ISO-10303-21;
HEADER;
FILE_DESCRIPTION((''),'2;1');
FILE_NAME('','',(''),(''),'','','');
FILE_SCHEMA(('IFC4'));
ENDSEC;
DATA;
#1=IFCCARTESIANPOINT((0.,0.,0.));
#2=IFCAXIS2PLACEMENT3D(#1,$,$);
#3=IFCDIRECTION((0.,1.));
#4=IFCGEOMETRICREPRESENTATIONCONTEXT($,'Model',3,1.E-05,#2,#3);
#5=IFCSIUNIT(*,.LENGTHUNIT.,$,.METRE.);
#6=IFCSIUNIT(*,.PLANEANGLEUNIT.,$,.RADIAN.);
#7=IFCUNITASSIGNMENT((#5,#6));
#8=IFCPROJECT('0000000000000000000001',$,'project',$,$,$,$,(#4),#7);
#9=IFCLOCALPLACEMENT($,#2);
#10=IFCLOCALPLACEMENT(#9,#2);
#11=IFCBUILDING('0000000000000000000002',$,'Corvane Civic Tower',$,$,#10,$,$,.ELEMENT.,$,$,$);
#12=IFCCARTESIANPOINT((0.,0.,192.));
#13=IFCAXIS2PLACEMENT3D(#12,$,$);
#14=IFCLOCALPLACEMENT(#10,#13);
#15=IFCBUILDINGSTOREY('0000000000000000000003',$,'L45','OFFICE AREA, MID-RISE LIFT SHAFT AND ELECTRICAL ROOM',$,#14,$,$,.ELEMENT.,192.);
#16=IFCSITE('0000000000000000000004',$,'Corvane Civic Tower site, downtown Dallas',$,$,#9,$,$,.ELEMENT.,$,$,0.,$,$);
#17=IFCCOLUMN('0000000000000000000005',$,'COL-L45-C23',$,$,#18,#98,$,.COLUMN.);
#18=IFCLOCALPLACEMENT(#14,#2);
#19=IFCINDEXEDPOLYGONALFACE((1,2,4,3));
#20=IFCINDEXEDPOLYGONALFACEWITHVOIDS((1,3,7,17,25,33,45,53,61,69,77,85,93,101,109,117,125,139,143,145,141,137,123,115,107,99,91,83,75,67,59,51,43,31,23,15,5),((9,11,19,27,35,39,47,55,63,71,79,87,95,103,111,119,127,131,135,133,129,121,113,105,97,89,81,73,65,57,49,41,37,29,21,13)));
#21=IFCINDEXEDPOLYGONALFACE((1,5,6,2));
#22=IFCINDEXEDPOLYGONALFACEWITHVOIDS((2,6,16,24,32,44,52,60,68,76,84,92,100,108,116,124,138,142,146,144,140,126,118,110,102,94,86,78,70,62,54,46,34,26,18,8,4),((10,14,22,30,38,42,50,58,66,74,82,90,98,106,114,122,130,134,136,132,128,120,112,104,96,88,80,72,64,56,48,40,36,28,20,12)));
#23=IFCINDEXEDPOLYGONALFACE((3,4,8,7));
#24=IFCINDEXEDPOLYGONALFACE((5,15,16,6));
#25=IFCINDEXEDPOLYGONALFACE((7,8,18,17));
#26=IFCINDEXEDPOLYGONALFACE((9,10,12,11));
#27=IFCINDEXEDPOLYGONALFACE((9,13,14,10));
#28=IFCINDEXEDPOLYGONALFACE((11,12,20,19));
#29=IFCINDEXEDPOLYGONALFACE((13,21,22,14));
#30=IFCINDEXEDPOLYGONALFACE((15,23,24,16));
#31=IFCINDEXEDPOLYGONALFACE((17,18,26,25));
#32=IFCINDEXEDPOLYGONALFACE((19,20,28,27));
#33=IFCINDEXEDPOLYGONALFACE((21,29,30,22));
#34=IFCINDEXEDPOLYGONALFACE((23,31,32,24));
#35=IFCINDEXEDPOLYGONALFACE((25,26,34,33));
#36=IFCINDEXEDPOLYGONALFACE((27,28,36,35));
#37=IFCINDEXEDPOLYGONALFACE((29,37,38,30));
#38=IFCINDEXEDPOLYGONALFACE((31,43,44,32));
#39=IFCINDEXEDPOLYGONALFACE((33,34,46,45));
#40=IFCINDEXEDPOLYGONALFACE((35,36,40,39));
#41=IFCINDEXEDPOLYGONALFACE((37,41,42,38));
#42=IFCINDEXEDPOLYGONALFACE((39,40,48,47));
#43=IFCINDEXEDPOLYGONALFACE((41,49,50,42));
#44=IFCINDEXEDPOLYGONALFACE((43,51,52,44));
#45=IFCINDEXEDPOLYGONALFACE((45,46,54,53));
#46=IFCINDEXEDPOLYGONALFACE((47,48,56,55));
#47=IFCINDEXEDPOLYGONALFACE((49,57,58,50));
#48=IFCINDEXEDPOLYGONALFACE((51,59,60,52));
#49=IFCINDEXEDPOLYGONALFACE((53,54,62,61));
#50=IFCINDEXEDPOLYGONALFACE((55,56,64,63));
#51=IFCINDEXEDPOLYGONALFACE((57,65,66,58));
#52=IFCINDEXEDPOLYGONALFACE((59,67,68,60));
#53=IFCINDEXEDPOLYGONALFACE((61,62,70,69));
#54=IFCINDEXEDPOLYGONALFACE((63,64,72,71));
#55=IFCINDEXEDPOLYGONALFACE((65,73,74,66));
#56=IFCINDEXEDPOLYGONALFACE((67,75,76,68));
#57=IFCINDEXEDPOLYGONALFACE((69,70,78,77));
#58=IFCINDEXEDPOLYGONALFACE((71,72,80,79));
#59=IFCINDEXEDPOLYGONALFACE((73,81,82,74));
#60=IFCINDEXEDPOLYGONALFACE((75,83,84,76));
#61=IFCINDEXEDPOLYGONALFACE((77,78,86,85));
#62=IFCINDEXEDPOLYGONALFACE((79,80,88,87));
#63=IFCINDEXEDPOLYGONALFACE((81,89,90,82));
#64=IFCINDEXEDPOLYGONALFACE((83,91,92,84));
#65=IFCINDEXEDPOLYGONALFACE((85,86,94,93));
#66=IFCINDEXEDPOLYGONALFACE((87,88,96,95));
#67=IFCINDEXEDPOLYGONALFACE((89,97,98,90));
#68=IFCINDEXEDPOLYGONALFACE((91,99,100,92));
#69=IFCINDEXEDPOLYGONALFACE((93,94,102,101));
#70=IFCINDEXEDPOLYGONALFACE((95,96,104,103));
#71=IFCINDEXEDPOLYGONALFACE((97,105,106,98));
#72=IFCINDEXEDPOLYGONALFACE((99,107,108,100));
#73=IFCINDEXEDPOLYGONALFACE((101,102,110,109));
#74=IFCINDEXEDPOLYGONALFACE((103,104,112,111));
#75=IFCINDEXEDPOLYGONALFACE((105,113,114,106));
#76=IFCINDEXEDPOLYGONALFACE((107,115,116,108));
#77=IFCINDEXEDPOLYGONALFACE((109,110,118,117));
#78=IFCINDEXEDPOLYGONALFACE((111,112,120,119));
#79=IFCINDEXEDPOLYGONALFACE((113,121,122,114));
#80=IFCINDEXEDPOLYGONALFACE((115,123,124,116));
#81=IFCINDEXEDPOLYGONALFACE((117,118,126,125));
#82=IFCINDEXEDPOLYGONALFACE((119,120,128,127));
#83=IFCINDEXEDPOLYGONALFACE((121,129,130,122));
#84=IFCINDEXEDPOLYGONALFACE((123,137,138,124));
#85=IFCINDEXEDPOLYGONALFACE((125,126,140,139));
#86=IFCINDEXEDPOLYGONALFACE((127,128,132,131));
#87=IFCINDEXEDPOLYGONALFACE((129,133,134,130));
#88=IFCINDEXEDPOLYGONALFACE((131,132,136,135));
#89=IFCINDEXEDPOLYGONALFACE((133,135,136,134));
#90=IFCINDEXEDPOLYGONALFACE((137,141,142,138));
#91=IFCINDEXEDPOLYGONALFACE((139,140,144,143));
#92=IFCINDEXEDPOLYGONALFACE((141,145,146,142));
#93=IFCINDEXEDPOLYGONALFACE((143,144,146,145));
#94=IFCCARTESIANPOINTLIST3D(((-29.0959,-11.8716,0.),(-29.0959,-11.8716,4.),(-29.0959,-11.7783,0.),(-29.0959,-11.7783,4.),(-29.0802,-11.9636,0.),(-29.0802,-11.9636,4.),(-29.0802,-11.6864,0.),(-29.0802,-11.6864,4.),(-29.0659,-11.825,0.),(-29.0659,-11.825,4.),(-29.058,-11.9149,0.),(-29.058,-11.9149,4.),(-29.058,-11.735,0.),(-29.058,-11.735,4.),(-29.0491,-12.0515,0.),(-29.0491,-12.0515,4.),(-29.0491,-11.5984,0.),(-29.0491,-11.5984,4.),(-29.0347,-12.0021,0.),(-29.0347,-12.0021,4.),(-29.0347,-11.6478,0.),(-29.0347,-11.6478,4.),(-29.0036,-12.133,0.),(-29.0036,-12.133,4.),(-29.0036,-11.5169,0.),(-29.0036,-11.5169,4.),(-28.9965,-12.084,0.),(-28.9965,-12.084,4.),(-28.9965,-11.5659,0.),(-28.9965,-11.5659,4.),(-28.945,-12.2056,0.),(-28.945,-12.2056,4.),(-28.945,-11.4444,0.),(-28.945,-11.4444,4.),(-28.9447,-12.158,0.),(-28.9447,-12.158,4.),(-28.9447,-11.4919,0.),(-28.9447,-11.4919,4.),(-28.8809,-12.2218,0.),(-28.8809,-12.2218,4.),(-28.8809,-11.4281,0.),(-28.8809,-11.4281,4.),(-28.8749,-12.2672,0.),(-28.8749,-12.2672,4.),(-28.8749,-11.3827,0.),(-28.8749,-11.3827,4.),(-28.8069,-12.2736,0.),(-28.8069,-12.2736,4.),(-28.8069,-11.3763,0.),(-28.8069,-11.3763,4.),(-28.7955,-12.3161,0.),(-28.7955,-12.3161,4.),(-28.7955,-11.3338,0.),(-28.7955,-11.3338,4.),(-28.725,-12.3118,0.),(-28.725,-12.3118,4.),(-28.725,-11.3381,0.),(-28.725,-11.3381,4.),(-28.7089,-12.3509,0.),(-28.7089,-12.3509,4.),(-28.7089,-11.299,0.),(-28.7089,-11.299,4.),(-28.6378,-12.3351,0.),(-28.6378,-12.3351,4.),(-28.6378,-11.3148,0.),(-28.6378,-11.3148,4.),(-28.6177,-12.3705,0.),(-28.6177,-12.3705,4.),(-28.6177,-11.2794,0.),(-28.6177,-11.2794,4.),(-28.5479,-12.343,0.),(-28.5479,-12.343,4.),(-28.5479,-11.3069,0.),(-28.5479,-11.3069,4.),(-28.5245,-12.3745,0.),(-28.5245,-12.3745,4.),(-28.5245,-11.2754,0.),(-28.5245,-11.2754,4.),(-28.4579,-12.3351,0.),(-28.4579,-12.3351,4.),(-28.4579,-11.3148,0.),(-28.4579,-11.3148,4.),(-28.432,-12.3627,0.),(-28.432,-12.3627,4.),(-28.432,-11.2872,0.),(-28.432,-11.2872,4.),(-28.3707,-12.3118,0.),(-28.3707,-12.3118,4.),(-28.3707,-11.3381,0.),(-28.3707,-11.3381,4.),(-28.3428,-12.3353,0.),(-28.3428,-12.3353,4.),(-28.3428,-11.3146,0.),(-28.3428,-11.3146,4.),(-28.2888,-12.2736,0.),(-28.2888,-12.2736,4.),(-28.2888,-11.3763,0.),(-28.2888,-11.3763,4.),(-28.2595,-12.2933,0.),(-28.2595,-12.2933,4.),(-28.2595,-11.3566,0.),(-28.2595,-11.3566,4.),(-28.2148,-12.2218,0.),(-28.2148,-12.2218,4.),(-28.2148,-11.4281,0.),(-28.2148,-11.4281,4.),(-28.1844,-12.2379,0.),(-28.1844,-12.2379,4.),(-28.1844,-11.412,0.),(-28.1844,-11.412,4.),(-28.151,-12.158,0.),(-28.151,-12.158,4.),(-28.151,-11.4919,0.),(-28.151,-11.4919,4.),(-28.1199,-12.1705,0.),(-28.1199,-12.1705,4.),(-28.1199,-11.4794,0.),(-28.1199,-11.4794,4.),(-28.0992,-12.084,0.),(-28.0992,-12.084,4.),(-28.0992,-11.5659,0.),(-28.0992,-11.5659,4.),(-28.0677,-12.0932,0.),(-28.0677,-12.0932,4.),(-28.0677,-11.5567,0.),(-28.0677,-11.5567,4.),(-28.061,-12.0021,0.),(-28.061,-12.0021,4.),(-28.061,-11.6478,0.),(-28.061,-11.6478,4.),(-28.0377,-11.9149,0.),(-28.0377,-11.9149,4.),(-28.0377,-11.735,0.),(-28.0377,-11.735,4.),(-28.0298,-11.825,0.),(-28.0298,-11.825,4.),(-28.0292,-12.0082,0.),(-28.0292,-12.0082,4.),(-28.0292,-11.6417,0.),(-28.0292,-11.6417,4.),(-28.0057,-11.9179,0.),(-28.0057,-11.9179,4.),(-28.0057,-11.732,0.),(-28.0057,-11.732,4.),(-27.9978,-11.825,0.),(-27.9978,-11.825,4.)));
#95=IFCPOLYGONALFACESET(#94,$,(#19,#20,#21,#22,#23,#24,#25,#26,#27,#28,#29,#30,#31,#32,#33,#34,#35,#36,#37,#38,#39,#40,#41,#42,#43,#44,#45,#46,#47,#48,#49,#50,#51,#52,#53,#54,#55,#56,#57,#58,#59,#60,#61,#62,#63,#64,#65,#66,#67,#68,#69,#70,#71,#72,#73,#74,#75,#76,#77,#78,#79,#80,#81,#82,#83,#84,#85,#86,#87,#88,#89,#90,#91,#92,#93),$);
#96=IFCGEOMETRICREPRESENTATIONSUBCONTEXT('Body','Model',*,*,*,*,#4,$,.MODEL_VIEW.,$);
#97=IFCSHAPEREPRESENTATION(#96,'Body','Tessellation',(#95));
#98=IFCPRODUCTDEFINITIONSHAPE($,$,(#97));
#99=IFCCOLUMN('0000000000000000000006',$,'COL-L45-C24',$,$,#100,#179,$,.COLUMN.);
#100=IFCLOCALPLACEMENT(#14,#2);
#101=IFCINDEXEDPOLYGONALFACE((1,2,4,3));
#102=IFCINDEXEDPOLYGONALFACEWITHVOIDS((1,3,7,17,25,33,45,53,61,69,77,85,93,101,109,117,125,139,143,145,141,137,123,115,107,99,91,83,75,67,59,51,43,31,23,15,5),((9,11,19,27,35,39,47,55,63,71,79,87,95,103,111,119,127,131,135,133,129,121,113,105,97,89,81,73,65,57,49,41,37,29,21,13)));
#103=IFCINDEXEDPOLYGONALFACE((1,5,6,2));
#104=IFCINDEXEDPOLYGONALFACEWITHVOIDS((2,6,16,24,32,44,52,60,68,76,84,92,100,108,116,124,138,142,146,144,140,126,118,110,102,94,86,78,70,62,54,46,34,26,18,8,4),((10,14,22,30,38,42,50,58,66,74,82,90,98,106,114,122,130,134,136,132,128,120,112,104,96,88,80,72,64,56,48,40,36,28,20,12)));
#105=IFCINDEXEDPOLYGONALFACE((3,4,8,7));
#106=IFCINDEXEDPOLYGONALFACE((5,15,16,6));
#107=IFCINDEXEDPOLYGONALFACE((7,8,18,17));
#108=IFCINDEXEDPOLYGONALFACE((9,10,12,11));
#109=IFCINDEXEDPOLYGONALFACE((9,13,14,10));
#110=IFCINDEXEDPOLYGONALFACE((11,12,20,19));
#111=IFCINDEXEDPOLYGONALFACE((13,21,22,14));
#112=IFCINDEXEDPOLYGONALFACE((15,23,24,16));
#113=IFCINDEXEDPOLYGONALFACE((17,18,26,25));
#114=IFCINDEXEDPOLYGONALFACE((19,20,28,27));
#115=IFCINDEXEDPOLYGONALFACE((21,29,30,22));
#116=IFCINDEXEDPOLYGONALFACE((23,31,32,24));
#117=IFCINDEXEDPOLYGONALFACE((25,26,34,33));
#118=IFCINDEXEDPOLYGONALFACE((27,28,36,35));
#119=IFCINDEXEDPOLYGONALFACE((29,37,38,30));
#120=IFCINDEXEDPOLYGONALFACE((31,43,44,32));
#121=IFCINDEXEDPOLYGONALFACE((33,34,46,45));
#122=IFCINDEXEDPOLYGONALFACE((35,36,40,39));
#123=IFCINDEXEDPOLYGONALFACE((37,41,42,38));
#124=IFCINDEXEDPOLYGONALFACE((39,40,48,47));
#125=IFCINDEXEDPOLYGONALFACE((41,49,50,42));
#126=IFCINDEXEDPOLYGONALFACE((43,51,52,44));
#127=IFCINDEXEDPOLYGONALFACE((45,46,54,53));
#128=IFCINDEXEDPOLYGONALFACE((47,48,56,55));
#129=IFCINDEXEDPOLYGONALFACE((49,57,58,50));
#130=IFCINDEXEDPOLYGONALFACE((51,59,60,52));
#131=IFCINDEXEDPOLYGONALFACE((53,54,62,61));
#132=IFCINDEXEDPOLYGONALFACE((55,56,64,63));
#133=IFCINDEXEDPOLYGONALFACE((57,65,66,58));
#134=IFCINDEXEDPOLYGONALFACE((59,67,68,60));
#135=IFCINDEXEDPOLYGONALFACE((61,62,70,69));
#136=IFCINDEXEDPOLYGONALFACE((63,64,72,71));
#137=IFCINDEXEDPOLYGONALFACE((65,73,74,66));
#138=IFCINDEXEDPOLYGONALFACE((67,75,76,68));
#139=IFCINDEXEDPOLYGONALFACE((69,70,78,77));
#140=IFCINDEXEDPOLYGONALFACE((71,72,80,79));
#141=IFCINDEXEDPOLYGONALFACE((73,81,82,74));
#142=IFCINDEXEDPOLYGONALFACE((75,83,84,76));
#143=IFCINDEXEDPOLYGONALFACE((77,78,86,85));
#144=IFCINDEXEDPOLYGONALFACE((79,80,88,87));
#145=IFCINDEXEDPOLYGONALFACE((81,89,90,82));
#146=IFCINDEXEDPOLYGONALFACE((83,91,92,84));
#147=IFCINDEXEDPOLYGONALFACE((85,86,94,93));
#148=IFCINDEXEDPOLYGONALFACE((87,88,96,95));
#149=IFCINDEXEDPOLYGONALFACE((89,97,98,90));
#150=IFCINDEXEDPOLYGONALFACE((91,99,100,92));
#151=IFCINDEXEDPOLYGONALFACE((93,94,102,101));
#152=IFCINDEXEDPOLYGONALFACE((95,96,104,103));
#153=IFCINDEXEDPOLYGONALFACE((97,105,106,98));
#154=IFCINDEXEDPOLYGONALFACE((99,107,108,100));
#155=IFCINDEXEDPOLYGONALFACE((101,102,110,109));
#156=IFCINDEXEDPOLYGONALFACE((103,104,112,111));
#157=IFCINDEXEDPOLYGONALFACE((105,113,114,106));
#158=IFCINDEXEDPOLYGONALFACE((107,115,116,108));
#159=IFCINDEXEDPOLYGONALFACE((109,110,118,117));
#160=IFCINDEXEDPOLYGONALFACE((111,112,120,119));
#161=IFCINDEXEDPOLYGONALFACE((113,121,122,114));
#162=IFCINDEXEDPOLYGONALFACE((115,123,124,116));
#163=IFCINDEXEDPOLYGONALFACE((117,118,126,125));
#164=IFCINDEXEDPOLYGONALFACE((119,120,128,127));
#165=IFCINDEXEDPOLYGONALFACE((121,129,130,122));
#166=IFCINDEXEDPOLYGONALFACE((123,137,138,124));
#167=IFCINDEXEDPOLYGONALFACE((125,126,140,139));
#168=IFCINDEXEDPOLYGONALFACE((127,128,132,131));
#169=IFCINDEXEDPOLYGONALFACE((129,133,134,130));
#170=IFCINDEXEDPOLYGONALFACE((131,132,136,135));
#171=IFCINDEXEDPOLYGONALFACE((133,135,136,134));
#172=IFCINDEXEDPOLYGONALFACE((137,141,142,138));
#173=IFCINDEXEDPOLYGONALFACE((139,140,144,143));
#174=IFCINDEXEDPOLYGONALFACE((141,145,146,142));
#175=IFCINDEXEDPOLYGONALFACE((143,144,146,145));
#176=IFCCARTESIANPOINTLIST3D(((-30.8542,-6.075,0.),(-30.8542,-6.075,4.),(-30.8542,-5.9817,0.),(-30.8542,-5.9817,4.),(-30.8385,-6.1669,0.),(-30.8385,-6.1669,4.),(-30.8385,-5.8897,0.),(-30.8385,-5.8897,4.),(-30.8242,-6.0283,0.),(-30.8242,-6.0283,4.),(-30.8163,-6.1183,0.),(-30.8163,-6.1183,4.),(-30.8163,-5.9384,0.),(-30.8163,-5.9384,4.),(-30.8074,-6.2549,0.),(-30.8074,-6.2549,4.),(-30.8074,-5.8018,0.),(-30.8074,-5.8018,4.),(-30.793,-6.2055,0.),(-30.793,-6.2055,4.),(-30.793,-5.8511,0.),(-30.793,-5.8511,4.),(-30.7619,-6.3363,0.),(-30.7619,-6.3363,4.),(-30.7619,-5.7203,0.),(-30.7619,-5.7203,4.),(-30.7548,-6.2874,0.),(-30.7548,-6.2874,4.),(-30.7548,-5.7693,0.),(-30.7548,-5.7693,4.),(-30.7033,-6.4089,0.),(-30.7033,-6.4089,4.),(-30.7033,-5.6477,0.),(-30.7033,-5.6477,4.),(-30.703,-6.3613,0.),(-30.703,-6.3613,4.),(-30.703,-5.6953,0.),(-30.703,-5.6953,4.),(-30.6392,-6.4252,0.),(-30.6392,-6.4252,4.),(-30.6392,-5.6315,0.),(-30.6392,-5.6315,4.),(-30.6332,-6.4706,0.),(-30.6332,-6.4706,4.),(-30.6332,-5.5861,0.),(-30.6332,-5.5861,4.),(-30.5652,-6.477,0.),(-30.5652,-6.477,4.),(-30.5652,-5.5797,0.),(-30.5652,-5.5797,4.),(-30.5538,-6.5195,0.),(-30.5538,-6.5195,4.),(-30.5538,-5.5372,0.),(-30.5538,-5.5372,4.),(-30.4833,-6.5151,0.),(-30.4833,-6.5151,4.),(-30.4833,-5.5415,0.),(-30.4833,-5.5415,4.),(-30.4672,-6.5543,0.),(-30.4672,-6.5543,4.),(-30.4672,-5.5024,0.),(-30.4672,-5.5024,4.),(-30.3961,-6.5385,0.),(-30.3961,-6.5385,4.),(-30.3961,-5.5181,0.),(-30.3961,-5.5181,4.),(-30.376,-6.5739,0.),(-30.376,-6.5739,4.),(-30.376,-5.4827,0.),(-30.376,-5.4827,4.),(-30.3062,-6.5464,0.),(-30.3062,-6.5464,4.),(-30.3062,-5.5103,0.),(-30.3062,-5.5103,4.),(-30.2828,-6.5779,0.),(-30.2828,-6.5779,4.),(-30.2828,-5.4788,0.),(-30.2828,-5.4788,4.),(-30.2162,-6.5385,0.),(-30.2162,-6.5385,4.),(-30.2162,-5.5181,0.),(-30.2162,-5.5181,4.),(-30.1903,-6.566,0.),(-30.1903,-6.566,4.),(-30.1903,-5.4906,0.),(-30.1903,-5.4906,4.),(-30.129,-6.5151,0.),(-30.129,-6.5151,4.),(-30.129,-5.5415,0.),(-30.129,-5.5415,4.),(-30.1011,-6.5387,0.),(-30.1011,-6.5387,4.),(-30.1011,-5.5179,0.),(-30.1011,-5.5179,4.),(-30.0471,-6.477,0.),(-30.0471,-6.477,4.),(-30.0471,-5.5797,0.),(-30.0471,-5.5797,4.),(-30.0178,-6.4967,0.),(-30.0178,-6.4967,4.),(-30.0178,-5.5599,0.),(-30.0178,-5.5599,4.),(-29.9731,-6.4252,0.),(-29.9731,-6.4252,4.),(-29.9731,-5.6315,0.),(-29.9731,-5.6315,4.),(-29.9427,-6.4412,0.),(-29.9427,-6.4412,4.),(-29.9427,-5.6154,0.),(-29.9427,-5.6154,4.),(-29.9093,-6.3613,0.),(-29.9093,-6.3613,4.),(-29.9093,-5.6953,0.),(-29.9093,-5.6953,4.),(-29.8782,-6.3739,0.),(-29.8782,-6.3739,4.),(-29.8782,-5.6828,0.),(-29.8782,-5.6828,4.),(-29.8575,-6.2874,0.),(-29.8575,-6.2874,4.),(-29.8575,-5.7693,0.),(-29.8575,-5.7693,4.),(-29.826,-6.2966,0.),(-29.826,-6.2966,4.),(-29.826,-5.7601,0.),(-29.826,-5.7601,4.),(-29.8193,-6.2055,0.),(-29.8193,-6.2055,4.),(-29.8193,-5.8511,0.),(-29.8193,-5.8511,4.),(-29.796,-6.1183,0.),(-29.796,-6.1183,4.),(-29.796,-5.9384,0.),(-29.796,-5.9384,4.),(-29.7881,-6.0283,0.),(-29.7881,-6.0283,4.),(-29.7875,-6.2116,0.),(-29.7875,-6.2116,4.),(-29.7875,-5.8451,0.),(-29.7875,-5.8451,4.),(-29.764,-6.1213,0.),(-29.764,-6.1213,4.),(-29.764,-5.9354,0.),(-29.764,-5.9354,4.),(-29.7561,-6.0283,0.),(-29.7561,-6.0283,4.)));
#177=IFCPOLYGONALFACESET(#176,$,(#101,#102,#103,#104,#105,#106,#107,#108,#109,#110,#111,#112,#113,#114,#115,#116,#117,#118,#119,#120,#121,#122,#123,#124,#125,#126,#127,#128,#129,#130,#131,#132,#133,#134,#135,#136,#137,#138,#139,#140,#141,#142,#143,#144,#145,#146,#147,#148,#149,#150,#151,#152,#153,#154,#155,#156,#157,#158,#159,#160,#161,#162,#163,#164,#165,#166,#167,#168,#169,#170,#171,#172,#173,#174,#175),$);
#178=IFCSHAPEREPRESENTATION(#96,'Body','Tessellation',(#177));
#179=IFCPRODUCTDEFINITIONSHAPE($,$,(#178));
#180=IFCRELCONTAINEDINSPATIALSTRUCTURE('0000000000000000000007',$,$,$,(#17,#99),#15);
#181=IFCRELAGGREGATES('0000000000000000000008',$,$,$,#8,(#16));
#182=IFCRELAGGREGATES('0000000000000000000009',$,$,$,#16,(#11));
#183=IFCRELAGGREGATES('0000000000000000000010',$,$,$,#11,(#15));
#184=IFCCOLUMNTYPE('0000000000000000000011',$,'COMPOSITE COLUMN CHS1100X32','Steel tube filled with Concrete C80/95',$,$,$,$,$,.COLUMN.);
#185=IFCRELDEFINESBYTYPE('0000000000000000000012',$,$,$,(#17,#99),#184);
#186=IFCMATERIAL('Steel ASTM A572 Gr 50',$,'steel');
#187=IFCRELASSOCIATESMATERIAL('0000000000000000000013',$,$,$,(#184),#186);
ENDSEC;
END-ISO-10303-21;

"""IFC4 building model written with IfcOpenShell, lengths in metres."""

from ifc_helpers import new_model, si_unit, direction, frame, origin, origin_2d, place, context, subcontext, project, spatial, hollow_circle, extrude, material, material_profile, profile_set, type_object, element, save


model = new_model("IFC4")

# Units and contexts
model_context = context("Model", 3, precision=1e-05, world=origin(), true_north=direction((0.0, 1.0)))
body_context = subcontext(model_context, "Body", "Model", "MODEL_VIEW")
ifc_project = project(units=[si_unit("LENGTHUNIT", "METRE"), si_unit("PLANEANGLEUNIT", "RADIAN")], contexts=[model_context])

# Site, building, storey
site_placement = place(None, origin())
site = spatial("IfcSite", under=ifc_project, at=site_placement, Name="Corvane Civic Tower site, downtown Dallas", CompositionType="ELEMENT", RefElevation=0.0)
building_placement = place(site_placement, origin())
building = spatial("IfcBuilding", under=site, at=building_placement, Name="Corvane Civic Tower", CompositionType="ELEMENT")
storey_placement = place(building_placement, frame((0.0, 0.0, 192.0)))
storey = spatial("IfcBuildingStorey", under=building, at=storey_placement, Name="L45", Description="OFFICE AREA, MID-RISE LIFT SHAFT AND ELECTRICAL ROOM", CompositionType="ELEMENT", Elevation=192.0)

# Columns
ifc_material_1 = material(Name="Steel ASTM A572 Gr 50", Category="steel")
ifc_material_profile_1 = material_profile(ifc_material_1, hollow_circle(Radius=0.55, WallThickness=0.032, at=origin_2d()), Name="CHS1100X32")
ifc_profile_set_1 = profile_set([ifc_material_profile_1], Name="Steel ASTM A572 Gr 50")
column_type = type_object("IfcColumnType", Name="COMPOSITE COLUMN CHS1100X32", Description="Steel tube filled with Concrete C80/95", PredefinedType="COLUMN", material=ifc_profile_set_1)
for number, where, z_axis, x_axis, name in (
    (1, (-28.5479, -11.825, 0.0), (0.0, 0.0, 1.0), (1.0, 0.0, 0.0), "COL-L45-C23"),
    (2, (-30.3062, -6.0283, 0.0), (0.0, 0.0, 1.0), (1.0, 0.0, 0.0), "COL-L45-C24"),
):
    element("IfcColumn", number, at=place(storey_placement, frame(where, z_axis=z_axis, x_axis=x_axis)), inside=storey, type_object=column_type, Name=name, PredefinedType="COLUMN", context=body_context, shape_type="SweptSolid", body=[
        extrude(hollow_circle(Radius=0.55, WallThickness=0.032, at=origin_2d()), origin(), (0.0, 0.0, 1.0), 4.0),
    ])

save(model, "model.ifc")
